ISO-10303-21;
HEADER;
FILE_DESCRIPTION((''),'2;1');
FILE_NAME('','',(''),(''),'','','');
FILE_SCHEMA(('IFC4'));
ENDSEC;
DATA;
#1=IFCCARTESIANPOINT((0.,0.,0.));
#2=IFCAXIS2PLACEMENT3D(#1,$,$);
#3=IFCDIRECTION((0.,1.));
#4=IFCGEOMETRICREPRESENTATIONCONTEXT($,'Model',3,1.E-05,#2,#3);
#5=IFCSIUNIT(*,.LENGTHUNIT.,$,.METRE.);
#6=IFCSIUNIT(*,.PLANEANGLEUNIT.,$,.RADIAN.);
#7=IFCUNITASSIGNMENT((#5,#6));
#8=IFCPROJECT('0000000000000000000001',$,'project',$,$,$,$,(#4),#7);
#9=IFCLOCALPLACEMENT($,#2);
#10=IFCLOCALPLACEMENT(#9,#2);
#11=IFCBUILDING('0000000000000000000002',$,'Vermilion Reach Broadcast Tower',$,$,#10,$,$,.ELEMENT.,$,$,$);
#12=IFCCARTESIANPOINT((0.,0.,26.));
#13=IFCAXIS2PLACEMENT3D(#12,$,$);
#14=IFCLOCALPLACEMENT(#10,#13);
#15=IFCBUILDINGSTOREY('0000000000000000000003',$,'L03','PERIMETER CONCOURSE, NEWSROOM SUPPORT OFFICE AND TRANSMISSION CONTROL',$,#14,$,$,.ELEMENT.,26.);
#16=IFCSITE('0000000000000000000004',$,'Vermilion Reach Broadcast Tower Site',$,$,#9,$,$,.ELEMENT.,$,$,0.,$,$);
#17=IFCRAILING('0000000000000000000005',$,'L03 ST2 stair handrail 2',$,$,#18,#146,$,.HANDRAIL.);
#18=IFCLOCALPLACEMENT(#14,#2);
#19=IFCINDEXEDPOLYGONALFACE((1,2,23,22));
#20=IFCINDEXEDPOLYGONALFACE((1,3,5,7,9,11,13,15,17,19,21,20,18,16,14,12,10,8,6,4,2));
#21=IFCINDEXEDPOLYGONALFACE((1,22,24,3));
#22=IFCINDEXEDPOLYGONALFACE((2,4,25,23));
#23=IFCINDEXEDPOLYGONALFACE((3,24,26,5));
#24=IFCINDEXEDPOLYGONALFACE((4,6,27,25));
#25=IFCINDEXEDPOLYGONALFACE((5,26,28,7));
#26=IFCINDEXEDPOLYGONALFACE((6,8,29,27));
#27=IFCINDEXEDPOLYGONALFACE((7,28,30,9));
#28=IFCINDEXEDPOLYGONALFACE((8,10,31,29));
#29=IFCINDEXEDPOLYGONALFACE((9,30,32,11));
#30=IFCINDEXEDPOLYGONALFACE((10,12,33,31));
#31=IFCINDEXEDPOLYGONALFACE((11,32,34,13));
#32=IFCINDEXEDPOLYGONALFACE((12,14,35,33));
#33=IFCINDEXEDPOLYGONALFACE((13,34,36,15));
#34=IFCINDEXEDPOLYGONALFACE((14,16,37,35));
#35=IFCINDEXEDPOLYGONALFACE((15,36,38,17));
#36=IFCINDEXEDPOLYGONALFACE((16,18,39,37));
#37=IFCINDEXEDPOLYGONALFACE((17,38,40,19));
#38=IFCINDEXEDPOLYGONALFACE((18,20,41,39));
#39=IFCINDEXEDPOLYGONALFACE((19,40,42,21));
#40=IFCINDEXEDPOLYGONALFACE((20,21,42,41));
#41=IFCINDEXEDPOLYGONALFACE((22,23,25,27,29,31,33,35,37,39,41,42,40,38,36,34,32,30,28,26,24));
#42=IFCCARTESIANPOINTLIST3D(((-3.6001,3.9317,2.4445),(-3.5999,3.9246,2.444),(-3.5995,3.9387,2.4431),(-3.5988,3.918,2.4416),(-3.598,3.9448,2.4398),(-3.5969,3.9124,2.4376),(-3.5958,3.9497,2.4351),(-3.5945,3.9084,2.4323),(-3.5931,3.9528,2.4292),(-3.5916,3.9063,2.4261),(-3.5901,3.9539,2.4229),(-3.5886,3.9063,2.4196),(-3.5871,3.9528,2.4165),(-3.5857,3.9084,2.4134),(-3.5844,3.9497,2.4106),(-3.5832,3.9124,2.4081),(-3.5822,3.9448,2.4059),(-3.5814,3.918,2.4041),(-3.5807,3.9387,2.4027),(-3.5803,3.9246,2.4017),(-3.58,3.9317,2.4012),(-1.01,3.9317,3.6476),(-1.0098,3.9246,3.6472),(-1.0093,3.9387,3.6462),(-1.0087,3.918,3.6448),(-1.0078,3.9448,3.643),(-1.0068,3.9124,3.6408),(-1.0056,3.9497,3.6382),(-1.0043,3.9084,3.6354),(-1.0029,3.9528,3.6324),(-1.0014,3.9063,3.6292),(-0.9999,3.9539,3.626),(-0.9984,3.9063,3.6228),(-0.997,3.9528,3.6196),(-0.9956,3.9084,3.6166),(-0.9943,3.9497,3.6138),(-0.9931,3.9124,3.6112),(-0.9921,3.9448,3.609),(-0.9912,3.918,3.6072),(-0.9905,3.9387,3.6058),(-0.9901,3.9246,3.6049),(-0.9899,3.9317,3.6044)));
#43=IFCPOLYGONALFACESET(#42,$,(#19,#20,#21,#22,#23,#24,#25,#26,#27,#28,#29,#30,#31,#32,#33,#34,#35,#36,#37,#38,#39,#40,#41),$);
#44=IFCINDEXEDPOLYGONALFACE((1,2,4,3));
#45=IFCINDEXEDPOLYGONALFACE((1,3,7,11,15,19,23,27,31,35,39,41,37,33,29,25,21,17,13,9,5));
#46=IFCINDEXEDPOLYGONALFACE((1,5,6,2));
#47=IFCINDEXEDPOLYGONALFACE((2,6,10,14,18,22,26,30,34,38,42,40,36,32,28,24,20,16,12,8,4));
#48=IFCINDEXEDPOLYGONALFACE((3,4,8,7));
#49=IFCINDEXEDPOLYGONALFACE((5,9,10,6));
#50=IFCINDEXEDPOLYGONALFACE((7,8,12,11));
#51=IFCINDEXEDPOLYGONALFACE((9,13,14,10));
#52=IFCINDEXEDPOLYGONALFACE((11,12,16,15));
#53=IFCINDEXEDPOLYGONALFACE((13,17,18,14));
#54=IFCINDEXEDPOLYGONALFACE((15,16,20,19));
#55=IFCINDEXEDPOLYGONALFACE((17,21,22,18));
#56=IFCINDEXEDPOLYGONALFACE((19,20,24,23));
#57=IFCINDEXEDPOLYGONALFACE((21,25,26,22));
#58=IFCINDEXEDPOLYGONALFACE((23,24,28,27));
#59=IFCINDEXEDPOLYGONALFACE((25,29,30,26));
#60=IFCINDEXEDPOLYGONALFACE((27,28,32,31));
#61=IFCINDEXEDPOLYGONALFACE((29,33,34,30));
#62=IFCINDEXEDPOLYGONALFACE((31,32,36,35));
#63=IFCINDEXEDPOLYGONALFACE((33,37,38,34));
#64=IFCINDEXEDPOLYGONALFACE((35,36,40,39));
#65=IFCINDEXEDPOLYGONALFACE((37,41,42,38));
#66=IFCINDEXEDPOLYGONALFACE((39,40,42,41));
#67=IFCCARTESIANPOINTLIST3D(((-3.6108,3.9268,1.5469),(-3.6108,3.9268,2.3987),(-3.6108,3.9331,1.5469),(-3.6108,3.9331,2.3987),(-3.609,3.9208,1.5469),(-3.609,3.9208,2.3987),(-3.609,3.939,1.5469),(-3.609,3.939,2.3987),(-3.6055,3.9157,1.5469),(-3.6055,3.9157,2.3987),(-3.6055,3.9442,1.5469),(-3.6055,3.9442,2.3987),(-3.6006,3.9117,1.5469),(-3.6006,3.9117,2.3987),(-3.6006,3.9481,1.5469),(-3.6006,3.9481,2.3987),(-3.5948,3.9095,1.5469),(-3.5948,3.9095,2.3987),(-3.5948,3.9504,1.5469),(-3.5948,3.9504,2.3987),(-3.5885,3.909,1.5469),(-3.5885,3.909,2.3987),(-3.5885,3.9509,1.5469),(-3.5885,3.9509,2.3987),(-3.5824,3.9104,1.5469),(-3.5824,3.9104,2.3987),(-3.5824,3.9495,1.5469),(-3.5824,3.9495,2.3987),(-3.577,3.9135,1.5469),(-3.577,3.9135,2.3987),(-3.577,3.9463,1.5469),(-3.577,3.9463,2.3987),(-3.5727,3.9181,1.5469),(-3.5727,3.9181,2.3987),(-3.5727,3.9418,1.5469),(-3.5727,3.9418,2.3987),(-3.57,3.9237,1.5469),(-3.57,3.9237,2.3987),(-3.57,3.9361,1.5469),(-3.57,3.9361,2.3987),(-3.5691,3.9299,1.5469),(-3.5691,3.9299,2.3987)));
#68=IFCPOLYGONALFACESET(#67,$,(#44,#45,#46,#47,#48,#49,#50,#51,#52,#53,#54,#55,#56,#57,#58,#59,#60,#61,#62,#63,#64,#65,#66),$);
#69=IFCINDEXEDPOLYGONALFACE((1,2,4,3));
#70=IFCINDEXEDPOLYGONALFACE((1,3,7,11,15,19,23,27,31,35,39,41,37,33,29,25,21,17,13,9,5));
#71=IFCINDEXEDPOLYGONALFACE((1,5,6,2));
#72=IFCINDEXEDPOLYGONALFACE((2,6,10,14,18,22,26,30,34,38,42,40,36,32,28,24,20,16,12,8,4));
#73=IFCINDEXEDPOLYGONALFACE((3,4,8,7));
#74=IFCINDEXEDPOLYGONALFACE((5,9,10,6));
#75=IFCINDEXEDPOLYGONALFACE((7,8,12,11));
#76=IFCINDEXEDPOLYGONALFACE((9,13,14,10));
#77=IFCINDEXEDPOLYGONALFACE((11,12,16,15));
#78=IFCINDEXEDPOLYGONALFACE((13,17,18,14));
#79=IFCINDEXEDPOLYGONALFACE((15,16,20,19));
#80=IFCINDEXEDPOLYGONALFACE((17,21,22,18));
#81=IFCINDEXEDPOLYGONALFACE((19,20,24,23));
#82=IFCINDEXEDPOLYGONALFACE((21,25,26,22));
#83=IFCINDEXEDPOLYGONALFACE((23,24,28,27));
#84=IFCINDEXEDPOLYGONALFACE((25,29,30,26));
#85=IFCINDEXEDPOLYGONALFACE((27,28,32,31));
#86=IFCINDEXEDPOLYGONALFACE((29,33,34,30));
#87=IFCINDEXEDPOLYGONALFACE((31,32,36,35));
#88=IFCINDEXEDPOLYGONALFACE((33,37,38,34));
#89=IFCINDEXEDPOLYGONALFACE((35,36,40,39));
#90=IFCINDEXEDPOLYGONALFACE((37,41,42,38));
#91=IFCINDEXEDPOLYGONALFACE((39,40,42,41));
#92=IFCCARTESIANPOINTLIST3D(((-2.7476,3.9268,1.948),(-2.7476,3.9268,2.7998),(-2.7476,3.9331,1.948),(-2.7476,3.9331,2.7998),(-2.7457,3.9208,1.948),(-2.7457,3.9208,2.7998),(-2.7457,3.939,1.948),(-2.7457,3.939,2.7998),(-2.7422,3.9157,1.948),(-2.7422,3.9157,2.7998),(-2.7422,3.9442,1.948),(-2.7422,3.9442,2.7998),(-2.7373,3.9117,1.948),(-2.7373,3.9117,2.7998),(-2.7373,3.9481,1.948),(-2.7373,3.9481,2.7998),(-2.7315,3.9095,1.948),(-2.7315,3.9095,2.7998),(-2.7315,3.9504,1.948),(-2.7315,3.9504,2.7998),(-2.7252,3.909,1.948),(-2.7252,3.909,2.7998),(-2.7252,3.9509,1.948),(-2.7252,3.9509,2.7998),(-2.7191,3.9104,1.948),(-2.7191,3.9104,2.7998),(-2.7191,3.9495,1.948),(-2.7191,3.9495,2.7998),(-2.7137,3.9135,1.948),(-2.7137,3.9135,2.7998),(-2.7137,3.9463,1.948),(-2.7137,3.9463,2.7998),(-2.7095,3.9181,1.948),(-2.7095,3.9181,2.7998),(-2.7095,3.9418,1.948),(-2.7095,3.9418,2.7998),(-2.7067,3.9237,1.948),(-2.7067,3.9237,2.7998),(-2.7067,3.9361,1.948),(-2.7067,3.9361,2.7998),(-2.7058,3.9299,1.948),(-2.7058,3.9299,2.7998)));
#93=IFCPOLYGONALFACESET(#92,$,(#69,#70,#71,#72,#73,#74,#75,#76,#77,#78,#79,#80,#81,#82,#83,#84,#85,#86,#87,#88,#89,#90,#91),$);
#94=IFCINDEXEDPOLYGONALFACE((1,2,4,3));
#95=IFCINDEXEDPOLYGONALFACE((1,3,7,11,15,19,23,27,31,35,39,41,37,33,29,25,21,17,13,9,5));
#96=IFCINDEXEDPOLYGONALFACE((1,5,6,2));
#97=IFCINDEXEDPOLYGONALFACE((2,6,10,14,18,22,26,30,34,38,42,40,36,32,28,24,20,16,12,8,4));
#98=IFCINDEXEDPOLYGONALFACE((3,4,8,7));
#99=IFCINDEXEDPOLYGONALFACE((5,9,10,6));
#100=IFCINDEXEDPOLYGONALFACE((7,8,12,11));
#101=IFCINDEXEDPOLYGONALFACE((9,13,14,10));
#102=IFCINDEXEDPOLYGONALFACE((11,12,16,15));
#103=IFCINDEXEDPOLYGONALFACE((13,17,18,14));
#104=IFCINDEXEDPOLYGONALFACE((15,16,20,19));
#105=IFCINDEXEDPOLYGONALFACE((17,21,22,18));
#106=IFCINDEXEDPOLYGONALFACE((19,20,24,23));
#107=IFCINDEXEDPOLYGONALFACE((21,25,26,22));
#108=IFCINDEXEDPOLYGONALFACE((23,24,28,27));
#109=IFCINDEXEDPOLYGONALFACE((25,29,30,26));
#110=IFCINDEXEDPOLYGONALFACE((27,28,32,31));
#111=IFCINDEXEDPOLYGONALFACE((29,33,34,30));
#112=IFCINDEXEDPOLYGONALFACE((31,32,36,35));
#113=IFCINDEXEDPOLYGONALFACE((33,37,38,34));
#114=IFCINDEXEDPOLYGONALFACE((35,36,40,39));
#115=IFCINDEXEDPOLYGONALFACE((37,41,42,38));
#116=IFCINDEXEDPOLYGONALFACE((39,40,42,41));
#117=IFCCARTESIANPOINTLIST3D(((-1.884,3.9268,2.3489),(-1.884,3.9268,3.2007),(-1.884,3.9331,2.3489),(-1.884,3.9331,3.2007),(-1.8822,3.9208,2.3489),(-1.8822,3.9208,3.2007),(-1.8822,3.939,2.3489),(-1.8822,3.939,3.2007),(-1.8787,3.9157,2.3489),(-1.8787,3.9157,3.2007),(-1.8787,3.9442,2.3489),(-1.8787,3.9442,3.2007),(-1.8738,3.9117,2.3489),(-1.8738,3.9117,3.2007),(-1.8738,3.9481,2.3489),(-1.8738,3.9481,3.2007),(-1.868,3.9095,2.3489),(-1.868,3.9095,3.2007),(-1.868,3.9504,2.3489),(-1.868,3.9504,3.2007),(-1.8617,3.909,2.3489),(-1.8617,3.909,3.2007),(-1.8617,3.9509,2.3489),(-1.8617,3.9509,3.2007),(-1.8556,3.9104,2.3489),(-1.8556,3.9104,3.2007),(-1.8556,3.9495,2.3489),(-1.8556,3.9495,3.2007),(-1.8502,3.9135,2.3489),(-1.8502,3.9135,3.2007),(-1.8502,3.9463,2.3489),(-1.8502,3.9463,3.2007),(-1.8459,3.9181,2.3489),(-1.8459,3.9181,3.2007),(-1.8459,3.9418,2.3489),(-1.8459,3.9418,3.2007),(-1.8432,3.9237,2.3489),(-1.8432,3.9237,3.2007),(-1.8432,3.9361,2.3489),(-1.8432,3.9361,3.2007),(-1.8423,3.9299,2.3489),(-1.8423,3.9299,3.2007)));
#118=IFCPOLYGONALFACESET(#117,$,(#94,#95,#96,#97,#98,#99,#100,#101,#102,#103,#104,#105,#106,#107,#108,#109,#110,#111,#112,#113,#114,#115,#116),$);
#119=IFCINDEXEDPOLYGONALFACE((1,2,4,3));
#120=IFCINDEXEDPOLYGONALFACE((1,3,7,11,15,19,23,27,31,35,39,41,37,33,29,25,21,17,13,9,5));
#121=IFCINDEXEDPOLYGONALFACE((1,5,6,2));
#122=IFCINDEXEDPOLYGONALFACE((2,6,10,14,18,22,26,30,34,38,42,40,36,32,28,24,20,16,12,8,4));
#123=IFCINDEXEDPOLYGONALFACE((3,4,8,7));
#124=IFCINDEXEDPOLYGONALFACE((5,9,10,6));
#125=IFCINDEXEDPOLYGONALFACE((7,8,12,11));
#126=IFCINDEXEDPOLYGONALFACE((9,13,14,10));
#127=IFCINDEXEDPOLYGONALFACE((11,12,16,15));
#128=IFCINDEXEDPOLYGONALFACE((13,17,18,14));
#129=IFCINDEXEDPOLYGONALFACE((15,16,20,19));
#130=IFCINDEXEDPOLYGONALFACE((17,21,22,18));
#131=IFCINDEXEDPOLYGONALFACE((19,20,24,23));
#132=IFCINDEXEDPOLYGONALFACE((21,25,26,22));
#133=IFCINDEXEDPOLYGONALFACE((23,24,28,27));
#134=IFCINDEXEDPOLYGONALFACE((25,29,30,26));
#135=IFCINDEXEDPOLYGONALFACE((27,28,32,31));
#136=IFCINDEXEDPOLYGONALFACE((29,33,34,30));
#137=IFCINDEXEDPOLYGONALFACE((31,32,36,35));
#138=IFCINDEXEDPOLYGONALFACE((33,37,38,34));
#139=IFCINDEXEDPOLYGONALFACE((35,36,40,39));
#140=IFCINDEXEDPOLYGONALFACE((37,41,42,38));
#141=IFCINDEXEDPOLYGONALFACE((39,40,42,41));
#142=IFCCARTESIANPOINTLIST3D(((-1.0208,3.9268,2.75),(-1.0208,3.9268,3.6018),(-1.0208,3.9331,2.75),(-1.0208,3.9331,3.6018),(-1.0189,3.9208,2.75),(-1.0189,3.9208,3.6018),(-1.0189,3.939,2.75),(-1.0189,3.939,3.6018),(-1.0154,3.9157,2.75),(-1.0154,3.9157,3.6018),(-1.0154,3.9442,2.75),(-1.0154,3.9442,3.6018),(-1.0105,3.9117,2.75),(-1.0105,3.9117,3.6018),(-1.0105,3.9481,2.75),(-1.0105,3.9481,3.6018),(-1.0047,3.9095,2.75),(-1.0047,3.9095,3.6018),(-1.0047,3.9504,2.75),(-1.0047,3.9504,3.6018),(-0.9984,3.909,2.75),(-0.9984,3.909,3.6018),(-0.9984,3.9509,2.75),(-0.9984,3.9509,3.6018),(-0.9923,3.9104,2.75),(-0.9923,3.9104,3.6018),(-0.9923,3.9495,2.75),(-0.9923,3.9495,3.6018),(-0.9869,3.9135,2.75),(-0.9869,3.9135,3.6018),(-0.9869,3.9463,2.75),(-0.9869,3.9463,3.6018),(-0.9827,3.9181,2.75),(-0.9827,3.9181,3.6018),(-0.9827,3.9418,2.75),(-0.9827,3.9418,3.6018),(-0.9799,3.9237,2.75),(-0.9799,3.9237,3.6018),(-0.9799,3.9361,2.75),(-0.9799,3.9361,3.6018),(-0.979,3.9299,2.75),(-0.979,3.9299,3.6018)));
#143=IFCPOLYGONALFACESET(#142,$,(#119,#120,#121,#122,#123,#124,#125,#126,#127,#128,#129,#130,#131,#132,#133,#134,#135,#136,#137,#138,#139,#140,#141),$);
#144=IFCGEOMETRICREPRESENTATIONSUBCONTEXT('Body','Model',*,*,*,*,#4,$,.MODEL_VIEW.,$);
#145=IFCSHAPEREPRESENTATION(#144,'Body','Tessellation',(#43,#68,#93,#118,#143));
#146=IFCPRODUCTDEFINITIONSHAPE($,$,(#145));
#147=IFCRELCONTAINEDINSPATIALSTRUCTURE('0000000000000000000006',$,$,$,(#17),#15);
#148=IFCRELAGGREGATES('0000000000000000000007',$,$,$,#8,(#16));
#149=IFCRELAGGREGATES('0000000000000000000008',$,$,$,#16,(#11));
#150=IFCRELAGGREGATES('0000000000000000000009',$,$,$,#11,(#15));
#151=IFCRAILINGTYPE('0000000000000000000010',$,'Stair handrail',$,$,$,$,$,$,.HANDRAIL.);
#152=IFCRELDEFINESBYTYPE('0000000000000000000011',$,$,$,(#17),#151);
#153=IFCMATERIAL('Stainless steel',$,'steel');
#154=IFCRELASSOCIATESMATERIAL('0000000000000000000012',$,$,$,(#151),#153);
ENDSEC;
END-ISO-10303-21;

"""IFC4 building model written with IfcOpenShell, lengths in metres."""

from ifc_helpers import new_model, si_unit, direction, frame, origin, origin_2d, place, context, subcontext, project, spatial, circle, extrude, material, type_object, element, save


model = new_model("IFC4")

# Units and contexts
model_context = context("Model", 3, precision=1e-05, world=origin(), true_north=direction((0.0, 1.0)))
body_context = subcontext(model_context, "Body", "Model", "MODEL_VIEW")
ifc_project = project(units=[si_unit("LENGTHUNIT", "METRE"), si_unit("PLANEANGLEUNIT", "RADIAN")], contexts=[model_context])

# Site, building, storey
site_placement = place(None, origin())
site = spatial("IfcSite", under=ifc_project, at=site_placement, Name="Vermilion Reach Broadcast Tower Site", CompositionType="ELEMENT", RefElevation=0.0)
building_placement = place(site_placement, origin())
building = spatial("IfcBuilding", under=site, at=building_placement, Name="Vermilion Reach Broadcast Tower", CompositionType="ELEMENT")
storey_placement = place(building_placement, frame((0.0, 0.0, 26.0)))
storey = spatial("IfcBuildingStorey", under=building, at=storey_placement, Name="L03", Description="PERIMETER CONCOURSE, NEWSROOM SUPPORT OFFICE AND TRANSMISSION CONTROL", CompositionType="ELEMENT", Elevation=26.0)

# Railing
ifc_material_1 = material(Name="Stainless steel", Category="steel")
railing_type_1 = type_object("IfcRailingType", Name="Stair handrail", PredefinedType="HANDRAIL", material=ifc_material_1)
railing_1_placement = place(storey_placement, frame((-3.5901, 3.9299, 1.5469)))
element("IfcRailing", 1, at=railing_1_placement, inside=storey, type_object=railing_type_1, Name="L03 ST2 stair handrail 2", PredefinedType="HANDRAIL", context=body_context, shape_type="SweptSolid", body=[
    extrude(circle(Radius=0.0239, at=origin_2d()), frame((0.0, 0.0, 0.876), z_axis=(0.906931, 0.0, 0.42128), x_axis=(0.0, 1.0, 0.0)), (0.0, 0.0, 1.0), 2.856),
    extrude(circle(Radius=0.021, at=origin_2d()), origin(), (0.0, 0.0, 1.0), 0.8518),
    extrude(circle(Radius=0.021, at=origin_2d()), frame((0.8633, 0.0, 0.4011)), (0.0, 0.0, 1.0), 0.8518),
    extrude(circle(Radius=0.021, at=origin_2d()), frame((1.7268, 0.0, 0.802)), (0.0, 0.0, 1.0), 0.8518),
    extrude(circle(Radius=0.021, at=origin_2d()), frame((2.5901, 0.0, 1.2031)), (0.0, 0.0, 1.0), 0.8518),
])

save(model, "model.ifc")
